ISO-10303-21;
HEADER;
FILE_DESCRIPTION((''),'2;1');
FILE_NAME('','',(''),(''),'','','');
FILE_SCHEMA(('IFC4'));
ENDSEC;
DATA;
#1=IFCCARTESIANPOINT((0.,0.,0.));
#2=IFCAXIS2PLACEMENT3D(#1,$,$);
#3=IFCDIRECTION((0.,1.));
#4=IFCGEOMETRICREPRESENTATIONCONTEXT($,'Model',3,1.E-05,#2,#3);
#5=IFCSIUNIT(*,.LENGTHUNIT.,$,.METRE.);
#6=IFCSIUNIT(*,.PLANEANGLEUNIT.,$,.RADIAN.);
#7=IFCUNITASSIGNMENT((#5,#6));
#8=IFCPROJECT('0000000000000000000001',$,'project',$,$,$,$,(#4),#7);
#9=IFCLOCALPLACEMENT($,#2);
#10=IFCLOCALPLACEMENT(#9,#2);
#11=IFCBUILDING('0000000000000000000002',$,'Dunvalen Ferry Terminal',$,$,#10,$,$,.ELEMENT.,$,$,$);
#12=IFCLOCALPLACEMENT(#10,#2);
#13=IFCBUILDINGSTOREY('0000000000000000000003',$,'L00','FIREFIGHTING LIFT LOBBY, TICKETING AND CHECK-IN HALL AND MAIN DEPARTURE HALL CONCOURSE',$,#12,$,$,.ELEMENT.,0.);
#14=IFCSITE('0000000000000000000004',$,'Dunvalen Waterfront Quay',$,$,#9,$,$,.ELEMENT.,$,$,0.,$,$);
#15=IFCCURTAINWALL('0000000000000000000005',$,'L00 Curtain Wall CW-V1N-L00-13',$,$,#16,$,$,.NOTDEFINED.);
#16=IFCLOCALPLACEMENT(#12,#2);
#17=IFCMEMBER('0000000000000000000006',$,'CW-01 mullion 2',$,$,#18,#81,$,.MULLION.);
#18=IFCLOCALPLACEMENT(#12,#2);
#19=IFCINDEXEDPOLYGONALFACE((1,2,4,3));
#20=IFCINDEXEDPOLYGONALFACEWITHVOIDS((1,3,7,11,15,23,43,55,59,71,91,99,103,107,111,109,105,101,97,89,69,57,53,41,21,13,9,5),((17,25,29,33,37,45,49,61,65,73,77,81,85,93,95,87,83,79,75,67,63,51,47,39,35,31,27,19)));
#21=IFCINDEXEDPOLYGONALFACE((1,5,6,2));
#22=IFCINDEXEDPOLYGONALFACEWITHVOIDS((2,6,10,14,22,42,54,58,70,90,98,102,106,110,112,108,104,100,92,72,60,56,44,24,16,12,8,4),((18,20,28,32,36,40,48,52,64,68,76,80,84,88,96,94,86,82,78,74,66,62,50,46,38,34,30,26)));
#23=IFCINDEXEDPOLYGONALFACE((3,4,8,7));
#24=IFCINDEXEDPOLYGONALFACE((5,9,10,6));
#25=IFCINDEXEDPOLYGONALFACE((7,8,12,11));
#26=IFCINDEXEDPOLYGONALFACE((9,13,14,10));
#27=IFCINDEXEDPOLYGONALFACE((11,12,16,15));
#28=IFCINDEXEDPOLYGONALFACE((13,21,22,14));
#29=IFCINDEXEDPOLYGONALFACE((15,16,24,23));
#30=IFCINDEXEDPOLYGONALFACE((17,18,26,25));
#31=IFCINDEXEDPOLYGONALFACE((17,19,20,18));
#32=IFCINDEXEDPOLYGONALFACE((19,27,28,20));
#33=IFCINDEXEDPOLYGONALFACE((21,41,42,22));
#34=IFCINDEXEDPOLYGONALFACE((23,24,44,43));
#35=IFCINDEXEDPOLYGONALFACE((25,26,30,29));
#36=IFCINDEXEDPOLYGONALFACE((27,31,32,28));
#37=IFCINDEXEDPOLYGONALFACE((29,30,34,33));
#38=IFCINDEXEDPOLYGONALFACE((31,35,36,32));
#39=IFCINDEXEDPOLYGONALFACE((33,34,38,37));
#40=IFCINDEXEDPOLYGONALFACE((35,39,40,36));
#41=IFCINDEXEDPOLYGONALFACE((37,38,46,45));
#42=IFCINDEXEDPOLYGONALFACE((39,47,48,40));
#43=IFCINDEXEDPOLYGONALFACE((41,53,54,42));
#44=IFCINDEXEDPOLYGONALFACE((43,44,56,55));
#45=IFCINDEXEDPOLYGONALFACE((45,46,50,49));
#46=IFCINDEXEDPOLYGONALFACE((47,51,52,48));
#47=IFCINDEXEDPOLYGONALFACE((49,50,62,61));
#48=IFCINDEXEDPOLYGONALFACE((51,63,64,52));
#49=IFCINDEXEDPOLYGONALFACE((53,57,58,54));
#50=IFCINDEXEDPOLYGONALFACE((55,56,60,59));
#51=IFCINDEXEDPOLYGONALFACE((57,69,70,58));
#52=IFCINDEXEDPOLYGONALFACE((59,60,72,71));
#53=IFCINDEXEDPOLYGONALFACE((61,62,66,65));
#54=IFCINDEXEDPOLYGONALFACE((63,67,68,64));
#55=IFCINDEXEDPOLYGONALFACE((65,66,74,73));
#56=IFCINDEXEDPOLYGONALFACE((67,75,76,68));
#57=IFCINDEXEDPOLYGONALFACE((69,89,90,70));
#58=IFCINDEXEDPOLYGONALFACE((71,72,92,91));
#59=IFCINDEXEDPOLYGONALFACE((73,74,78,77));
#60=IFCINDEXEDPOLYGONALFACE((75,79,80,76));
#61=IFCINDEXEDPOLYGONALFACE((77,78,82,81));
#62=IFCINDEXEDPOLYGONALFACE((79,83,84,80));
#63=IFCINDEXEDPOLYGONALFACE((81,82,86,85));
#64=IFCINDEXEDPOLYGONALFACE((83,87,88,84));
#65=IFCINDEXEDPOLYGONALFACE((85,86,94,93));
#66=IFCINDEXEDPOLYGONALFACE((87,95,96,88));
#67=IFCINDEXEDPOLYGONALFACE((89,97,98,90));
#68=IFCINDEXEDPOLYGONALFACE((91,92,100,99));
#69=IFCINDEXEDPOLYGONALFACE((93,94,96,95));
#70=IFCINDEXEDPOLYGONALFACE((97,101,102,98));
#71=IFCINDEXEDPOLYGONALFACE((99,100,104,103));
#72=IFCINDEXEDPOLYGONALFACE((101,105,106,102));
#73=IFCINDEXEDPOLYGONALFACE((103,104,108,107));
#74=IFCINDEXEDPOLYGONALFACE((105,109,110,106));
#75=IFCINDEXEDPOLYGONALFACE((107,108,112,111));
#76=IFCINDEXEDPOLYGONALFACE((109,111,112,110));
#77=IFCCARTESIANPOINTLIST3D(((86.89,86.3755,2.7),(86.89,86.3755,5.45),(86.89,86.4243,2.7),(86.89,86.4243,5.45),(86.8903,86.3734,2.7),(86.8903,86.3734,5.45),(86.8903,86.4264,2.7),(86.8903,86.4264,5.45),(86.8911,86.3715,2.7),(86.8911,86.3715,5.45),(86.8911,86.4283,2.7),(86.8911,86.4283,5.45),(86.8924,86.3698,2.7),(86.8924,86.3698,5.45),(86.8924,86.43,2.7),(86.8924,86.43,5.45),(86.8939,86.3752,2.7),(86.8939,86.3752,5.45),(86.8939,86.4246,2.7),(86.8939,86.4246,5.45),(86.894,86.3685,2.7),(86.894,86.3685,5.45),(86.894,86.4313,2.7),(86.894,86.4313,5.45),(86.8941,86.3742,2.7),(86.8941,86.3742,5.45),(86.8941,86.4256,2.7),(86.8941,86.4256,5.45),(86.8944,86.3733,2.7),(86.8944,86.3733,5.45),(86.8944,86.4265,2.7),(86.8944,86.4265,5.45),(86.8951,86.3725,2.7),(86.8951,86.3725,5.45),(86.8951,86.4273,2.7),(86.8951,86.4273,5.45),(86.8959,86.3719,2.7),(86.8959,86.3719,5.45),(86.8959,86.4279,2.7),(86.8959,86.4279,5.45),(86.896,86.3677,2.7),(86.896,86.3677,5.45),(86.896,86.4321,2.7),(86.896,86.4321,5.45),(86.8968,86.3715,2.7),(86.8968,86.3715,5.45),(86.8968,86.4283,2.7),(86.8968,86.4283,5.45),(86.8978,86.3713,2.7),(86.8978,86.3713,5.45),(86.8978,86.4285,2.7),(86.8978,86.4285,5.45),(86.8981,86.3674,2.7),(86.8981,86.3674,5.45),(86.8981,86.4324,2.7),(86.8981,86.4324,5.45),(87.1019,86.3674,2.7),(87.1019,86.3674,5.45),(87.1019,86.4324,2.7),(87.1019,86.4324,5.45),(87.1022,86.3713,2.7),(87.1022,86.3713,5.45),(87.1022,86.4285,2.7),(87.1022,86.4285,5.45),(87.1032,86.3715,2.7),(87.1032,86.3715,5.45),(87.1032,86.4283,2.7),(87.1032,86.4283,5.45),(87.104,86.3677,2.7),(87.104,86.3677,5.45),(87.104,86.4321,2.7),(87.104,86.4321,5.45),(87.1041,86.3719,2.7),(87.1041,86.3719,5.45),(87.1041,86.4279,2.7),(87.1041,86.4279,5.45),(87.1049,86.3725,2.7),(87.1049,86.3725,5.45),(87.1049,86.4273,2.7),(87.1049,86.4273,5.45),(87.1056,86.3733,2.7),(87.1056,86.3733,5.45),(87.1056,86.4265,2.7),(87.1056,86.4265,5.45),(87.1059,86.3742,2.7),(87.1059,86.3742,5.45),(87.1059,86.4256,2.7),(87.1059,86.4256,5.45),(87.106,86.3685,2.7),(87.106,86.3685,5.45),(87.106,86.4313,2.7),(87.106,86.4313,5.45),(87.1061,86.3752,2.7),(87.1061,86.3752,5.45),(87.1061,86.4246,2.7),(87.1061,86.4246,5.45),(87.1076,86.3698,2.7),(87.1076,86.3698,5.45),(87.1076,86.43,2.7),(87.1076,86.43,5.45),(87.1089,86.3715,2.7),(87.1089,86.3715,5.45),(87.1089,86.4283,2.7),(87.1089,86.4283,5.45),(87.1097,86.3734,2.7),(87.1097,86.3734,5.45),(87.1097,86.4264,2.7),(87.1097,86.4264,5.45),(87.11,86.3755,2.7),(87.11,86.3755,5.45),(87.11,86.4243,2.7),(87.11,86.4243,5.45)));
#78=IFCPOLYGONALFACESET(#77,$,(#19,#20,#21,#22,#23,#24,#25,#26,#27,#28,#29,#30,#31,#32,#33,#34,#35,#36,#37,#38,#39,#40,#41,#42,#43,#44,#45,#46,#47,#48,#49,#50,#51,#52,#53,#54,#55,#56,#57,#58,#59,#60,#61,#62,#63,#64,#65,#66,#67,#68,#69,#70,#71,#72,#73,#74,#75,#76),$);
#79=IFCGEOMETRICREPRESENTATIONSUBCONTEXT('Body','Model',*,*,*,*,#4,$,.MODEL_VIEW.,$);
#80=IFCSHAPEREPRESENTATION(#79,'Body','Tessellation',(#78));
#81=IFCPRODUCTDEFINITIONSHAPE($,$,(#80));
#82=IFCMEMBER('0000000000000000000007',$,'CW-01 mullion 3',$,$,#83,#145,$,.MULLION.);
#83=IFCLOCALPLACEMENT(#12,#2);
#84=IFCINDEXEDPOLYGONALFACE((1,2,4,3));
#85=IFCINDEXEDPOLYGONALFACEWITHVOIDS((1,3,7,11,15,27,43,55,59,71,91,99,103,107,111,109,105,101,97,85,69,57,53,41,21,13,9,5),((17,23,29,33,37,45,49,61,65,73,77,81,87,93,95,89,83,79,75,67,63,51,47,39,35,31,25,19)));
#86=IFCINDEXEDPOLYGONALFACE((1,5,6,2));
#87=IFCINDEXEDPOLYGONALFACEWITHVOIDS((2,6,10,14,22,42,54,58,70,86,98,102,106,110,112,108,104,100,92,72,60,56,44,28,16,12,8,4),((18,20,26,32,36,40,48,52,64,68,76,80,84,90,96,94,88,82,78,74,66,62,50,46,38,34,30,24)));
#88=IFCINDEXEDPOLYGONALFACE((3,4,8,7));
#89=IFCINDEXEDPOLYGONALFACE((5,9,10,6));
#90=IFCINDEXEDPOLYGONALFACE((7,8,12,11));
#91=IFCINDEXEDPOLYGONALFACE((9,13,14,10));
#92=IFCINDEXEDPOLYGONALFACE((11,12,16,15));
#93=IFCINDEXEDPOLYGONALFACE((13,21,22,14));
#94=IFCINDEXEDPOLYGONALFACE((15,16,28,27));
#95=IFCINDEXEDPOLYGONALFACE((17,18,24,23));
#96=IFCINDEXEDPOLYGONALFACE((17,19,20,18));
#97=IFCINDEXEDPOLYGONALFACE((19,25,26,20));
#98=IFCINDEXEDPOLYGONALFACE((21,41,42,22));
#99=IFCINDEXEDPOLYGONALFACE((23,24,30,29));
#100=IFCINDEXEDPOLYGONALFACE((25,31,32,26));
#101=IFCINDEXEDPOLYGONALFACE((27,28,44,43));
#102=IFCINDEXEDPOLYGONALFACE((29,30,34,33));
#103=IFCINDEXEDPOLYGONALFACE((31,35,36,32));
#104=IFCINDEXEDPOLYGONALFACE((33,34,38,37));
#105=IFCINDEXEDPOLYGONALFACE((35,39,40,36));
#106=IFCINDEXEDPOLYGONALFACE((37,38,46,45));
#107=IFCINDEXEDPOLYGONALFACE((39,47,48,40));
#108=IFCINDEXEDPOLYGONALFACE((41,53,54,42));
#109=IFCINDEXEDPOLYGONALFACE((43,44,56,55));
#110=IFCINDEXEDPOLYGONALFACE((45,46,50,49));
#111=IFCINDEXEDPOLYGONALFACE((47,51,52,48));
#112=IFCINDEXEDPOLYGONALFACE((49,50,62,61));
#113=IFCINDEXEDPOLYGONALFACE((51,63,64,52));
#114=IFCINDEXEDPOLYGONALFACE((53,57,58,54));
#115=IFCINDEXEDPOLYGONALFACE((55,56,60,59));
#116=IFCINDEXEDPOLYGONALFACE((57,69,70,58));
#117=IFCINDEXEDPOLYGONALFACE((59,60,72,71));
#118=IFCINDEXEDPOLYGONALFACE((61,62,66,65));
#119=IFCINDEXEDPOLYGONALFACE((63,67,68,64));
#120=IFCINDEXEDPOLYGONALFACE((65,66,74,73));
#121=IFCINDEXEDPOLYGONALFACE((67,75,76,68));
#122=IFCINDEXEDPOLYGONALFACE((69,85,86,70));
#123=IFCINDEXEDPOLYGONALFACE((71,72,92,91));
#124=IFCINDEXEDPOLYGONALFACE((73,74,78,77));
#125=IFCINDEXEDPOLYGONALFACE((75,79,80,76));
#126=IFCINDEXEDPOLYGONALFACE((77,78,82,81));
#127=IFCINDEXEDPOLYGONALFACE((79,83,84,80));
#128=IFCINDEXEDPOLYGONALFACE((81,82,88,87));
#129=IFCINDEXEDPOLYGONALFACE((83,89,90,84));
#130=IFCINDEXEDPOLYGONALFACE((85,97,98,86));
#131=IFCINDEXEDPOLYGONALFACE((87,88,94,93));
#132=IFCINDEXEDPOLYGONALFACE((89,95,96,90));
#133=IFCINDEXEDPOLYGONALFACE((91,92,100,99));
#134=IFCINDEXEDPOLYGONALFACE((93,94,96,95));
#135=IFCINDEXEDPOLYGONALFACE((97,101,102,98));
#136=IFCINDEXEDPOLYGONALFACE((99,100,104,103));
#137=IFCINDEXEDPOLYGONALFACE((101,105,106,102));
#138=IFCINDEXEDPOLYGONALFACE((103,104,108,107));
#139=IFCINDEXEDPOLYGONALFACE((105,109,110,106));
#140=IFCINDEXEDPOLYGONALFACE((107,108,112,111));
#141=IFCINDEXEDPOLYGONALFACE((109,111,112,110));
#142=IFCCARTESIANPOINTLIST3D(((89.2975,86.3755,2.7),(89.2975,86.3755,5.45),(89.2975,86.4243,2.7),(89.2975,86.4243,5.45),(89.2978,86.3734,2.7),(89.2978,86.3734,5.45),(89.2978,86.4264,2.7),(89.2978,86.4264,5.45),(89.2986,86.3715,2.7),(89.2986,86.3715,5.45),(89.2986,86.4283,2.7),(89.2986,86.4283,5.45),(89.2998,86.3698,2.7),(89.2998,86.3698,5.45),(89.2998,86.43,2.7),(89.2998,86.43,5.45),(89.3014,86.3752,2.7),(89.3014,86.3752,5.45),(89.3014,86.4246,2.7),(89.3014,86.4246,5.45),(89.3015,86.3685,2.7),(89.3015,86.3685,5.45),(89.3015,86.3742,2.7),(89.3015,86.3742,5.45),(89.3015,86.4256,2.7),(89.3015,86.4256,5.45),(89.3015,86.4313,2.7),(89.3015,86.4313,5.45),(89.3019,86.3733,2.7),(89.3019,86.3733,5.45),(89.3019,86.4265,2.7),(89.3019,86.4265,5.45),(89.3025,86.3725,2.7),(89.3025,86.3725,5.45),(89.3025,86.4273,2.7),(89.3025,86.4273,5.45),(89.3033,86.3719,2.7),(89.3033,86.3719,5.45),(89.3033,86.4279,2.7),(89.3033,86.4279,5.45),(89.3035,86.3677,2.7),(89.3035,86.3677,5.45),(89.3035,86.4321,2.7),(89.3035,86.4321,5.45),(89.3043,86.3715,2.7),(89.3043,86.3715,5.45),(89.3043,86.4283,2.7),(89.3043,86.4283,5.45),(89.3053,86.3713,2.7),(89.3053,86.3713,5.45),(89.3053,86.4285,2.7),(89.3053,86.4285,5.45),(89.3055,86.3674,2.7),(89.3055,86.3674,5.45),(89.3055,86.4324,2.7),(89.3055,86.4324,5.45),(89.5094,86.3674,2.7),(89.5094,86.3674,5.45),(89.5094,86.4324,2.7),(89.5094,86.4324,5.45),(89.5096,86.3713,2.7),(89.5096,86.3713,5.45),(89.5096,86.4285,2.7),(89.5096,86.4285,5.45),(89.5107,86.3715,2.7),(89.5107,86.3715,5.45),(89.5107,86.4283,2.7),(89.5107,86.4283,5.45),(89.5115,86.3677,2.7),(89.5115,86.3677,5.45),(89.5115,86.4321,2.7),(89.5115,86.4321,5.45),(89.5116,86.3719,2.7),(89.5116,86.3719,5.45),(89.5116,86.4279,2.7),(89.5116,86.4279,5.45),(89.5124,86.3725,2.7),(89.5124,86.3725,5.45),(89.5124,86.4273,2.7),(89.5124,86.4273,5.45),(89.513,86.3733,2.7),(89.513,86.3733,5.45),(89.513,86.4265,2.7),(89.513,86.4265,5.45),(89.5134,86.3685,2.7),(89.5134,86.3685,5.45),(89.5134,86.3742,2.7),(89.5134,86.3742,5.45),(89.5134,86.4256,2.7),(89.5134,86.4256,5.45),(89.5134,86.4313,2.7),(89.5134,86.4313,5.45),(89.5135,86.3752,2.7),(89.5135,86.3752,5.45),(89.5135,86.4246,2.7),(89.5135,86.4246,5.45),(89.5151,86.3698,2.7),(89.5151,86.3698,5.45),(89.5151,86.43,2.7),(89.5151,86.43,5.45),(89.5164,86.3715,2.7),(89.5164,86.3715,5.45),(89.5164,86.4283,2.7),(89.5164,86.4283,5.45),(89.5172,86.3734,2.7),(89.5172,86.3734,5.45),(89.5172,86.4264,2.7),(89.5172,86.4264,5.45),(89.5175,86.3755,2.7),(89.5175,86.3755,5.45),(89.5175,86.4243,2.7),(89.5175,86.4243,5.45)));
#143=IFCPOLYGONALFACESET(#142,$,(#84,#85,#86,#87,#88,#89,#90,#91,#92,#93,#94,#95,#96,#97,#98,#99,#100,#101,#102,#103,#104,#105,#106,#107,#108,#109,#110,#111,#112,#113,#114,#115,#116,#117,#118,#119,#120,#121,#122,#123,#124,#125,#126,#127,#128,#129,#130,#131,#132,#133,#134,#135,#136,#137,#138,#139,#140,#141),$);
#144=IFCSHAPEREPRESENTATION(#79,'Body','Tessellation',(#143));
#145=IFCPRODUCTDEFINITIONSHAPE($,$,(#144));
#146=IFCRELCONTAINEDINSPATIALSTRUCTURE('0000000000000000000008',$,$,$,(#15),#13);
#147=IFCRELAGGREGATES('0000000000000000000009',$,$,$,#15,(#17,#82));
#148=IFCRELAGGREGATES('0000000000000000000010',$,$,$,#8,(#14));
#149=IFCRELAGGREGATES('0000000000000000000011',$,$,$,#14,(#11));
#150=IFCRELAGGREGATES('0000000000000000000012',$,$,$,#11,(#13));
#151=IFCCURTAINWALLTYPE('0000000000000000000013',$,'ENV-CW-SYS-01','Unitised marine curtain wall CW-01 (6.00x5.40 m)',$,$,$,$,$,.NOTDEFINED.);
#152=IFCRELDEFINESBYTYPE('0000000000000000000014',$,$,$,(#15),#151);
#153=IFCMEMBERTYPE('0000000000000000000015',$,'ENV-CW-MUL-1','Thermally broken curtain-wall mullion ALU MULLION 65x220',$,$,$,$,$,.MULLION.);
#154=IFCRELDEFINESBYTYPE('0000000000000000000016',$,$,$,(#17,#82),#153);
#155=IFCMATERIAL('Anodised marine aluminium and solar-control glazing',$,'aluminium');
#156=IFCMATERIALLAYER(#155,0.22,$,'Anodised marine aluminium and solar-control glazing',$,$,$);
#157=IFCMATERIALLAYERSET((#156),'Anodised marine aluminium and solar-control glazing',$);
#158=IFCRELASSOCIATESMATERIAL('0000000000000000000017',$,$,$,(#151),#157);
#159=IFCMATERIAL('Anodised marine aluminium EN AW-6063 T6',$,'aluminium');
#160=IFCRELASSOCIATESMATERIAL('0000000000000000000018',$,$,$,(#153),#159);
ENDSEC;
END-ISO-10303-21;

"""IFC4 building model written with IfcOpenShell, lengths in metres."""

from ifc_helpers import new_model, si_unit, direction, frame, origin, origin_2d, place, context, subcontext, project, spatial, hollow_rectangle, extrude, material, layer, layer_set, material_profile, profile_set, type_object, element, aggregate, save


model = new_model("IFC4")

# Units and contexts
model_context = context("Model", 3, precision=1e-05, world=origin(), true_north=direction((0.0, 1.0)))
body_context = subcontext(model_context, "Body", "Model", "MODEL_VIEW")
ifc_project = project(units=[si_unit("LENGTHUNIT", "METRE"), si_unit("PLANEANGLEUNIT", "RADIAN")], contexts=[model_context])

# Site, building, storey
site_placement = place(None, origin())
site = spatial("IfcSite", under=ifc_project, at=site_placement, Name="Dunvalen Waterfront Quay", CompositionType="ELEMENT", RefElevation=0.0)
building_placement = place(site_placement, origin())
building = spatial("IfcBuilding", under=site, at=building_placement, Name="Dunvalen Ferry Terminal", CompositionType="ELEMENT")
storey_placement = place(building_placement, origin())
storey = spatial("IfcBuildingStorey", under=building, at=storey_placement, Name="L00", Description="FIREFIGHTING LIFT LOBBY, TICKETING AND CHECK-IN HALL AND MAIN DEPARTURE HALL CONCOURSE", CompositionType="ELEMENT", Elevation=0.0)

# Shared definitions
ifc_material_1 = material(Name="Anodised marine aluminium and solar-control glazing", Category="aluminium")
ifc_layer_1 = layer(ifc_material_1, 0.22, Name="Anodised marine aluminium and solar-control glazing")
ifc_layer_set_1 = layer_set([ifc_layer_1], Name="Anodised marine aluminium and solar-control glazing")
curtain_wall_type = type_object("IfcCurtainWallType", Name="ENV-CW-SYS-01", Description="Unitised marine curtain wall CW-01 (6.00x5.40 m)", PredefinedType="NOTDEFINED", material=ifc_layer_set_1)
ifc_material_2 = material(Name="Anodised marine aluminium EN AW-6063 T6", Category="aluminium")
ifc_material_profile_1 = material_profile(ifc_material_2, hollow_rectangle(XDim=0.0649, YDim=0.22, WallThickness=0.0039, InnerFilletRadius=0.0039, OuterFilletRadius=0.0081, at=origin_2d()), Name="Anodised marine aluminium EN AW-6063 T6")
ifc_profile_set_1 = profile_set([ifc_material_profile_1], Name="Anodised marine aluminium EN AW-6063 T6")
member_type_1 = type_object("IfcMemberType", Name="ENV-CW-MUL-1", Description="Thermally broken curtain-wall mullion ALU MULLION 65x220", PredefinedType="MULLION", material=ifc_profile_set_1)

# Curtain wall, members
curtain_wall_1_placement = place(storey_placement, origin())
curtain_wall_1 = element("IfcCurtainWall", 1, at=curtain_wall_1_placement, inside=storey, type_object=curtain_wall_type, Name="L00 Curtain Wall CW-V1N-L00-13", PredefinedType="NOTDEFINED")
member_1_placement = place(storey_placement, frame((87.0, 86.3999, 2.7), z_axis=(0.0, 0.0, 1.0), x_axis=(0.0, 1.0, 0.0)))
member_1 = element("IfcMember", 2, at=member_1_placement, type_object=member_type_1, Name="CW-01 mullion 2", PredefinedType="MULLION", context=body_context, shape_type="SweptSolid", body=[
    extrude(hollow_rectangle(XDim=0.0649, YDim=0.22, WallThickness=0.0039, InnerFilletRadius=0.0039, OuterFilletRadius=0.0081, at=origin_2d()), origin(), (0.0, 0.0, 1.0), 2.75),
])
member_2_placement = place(storey_placement, frame((89.4075, 86.3999, 2.7), z_axis=(0.0, 0.0, 1.0), x_axis=(0.0, 1.0, 0.0)))
member_2 = element("IfcMember", 3, at=member_2_placement, type_object=member_type_1, Name="CW-01 mullion 3", PredefinedType="MULLION", context=body_context, shape_type="SweptSolid", body=[
    extrude(hollow_rectangle(XDim=0.0649, YDim=0.22, WallThickness=0.0039, InnerFilletRadius=0.0039, OuterFilletRadius=0.0081, at=origin_2d()), origin(), (0.0, 0.0, 1.0), 2.75),
])

aggregate(curtain_wall_1, [member_1, member_2])

save(model, "model.ifc")
